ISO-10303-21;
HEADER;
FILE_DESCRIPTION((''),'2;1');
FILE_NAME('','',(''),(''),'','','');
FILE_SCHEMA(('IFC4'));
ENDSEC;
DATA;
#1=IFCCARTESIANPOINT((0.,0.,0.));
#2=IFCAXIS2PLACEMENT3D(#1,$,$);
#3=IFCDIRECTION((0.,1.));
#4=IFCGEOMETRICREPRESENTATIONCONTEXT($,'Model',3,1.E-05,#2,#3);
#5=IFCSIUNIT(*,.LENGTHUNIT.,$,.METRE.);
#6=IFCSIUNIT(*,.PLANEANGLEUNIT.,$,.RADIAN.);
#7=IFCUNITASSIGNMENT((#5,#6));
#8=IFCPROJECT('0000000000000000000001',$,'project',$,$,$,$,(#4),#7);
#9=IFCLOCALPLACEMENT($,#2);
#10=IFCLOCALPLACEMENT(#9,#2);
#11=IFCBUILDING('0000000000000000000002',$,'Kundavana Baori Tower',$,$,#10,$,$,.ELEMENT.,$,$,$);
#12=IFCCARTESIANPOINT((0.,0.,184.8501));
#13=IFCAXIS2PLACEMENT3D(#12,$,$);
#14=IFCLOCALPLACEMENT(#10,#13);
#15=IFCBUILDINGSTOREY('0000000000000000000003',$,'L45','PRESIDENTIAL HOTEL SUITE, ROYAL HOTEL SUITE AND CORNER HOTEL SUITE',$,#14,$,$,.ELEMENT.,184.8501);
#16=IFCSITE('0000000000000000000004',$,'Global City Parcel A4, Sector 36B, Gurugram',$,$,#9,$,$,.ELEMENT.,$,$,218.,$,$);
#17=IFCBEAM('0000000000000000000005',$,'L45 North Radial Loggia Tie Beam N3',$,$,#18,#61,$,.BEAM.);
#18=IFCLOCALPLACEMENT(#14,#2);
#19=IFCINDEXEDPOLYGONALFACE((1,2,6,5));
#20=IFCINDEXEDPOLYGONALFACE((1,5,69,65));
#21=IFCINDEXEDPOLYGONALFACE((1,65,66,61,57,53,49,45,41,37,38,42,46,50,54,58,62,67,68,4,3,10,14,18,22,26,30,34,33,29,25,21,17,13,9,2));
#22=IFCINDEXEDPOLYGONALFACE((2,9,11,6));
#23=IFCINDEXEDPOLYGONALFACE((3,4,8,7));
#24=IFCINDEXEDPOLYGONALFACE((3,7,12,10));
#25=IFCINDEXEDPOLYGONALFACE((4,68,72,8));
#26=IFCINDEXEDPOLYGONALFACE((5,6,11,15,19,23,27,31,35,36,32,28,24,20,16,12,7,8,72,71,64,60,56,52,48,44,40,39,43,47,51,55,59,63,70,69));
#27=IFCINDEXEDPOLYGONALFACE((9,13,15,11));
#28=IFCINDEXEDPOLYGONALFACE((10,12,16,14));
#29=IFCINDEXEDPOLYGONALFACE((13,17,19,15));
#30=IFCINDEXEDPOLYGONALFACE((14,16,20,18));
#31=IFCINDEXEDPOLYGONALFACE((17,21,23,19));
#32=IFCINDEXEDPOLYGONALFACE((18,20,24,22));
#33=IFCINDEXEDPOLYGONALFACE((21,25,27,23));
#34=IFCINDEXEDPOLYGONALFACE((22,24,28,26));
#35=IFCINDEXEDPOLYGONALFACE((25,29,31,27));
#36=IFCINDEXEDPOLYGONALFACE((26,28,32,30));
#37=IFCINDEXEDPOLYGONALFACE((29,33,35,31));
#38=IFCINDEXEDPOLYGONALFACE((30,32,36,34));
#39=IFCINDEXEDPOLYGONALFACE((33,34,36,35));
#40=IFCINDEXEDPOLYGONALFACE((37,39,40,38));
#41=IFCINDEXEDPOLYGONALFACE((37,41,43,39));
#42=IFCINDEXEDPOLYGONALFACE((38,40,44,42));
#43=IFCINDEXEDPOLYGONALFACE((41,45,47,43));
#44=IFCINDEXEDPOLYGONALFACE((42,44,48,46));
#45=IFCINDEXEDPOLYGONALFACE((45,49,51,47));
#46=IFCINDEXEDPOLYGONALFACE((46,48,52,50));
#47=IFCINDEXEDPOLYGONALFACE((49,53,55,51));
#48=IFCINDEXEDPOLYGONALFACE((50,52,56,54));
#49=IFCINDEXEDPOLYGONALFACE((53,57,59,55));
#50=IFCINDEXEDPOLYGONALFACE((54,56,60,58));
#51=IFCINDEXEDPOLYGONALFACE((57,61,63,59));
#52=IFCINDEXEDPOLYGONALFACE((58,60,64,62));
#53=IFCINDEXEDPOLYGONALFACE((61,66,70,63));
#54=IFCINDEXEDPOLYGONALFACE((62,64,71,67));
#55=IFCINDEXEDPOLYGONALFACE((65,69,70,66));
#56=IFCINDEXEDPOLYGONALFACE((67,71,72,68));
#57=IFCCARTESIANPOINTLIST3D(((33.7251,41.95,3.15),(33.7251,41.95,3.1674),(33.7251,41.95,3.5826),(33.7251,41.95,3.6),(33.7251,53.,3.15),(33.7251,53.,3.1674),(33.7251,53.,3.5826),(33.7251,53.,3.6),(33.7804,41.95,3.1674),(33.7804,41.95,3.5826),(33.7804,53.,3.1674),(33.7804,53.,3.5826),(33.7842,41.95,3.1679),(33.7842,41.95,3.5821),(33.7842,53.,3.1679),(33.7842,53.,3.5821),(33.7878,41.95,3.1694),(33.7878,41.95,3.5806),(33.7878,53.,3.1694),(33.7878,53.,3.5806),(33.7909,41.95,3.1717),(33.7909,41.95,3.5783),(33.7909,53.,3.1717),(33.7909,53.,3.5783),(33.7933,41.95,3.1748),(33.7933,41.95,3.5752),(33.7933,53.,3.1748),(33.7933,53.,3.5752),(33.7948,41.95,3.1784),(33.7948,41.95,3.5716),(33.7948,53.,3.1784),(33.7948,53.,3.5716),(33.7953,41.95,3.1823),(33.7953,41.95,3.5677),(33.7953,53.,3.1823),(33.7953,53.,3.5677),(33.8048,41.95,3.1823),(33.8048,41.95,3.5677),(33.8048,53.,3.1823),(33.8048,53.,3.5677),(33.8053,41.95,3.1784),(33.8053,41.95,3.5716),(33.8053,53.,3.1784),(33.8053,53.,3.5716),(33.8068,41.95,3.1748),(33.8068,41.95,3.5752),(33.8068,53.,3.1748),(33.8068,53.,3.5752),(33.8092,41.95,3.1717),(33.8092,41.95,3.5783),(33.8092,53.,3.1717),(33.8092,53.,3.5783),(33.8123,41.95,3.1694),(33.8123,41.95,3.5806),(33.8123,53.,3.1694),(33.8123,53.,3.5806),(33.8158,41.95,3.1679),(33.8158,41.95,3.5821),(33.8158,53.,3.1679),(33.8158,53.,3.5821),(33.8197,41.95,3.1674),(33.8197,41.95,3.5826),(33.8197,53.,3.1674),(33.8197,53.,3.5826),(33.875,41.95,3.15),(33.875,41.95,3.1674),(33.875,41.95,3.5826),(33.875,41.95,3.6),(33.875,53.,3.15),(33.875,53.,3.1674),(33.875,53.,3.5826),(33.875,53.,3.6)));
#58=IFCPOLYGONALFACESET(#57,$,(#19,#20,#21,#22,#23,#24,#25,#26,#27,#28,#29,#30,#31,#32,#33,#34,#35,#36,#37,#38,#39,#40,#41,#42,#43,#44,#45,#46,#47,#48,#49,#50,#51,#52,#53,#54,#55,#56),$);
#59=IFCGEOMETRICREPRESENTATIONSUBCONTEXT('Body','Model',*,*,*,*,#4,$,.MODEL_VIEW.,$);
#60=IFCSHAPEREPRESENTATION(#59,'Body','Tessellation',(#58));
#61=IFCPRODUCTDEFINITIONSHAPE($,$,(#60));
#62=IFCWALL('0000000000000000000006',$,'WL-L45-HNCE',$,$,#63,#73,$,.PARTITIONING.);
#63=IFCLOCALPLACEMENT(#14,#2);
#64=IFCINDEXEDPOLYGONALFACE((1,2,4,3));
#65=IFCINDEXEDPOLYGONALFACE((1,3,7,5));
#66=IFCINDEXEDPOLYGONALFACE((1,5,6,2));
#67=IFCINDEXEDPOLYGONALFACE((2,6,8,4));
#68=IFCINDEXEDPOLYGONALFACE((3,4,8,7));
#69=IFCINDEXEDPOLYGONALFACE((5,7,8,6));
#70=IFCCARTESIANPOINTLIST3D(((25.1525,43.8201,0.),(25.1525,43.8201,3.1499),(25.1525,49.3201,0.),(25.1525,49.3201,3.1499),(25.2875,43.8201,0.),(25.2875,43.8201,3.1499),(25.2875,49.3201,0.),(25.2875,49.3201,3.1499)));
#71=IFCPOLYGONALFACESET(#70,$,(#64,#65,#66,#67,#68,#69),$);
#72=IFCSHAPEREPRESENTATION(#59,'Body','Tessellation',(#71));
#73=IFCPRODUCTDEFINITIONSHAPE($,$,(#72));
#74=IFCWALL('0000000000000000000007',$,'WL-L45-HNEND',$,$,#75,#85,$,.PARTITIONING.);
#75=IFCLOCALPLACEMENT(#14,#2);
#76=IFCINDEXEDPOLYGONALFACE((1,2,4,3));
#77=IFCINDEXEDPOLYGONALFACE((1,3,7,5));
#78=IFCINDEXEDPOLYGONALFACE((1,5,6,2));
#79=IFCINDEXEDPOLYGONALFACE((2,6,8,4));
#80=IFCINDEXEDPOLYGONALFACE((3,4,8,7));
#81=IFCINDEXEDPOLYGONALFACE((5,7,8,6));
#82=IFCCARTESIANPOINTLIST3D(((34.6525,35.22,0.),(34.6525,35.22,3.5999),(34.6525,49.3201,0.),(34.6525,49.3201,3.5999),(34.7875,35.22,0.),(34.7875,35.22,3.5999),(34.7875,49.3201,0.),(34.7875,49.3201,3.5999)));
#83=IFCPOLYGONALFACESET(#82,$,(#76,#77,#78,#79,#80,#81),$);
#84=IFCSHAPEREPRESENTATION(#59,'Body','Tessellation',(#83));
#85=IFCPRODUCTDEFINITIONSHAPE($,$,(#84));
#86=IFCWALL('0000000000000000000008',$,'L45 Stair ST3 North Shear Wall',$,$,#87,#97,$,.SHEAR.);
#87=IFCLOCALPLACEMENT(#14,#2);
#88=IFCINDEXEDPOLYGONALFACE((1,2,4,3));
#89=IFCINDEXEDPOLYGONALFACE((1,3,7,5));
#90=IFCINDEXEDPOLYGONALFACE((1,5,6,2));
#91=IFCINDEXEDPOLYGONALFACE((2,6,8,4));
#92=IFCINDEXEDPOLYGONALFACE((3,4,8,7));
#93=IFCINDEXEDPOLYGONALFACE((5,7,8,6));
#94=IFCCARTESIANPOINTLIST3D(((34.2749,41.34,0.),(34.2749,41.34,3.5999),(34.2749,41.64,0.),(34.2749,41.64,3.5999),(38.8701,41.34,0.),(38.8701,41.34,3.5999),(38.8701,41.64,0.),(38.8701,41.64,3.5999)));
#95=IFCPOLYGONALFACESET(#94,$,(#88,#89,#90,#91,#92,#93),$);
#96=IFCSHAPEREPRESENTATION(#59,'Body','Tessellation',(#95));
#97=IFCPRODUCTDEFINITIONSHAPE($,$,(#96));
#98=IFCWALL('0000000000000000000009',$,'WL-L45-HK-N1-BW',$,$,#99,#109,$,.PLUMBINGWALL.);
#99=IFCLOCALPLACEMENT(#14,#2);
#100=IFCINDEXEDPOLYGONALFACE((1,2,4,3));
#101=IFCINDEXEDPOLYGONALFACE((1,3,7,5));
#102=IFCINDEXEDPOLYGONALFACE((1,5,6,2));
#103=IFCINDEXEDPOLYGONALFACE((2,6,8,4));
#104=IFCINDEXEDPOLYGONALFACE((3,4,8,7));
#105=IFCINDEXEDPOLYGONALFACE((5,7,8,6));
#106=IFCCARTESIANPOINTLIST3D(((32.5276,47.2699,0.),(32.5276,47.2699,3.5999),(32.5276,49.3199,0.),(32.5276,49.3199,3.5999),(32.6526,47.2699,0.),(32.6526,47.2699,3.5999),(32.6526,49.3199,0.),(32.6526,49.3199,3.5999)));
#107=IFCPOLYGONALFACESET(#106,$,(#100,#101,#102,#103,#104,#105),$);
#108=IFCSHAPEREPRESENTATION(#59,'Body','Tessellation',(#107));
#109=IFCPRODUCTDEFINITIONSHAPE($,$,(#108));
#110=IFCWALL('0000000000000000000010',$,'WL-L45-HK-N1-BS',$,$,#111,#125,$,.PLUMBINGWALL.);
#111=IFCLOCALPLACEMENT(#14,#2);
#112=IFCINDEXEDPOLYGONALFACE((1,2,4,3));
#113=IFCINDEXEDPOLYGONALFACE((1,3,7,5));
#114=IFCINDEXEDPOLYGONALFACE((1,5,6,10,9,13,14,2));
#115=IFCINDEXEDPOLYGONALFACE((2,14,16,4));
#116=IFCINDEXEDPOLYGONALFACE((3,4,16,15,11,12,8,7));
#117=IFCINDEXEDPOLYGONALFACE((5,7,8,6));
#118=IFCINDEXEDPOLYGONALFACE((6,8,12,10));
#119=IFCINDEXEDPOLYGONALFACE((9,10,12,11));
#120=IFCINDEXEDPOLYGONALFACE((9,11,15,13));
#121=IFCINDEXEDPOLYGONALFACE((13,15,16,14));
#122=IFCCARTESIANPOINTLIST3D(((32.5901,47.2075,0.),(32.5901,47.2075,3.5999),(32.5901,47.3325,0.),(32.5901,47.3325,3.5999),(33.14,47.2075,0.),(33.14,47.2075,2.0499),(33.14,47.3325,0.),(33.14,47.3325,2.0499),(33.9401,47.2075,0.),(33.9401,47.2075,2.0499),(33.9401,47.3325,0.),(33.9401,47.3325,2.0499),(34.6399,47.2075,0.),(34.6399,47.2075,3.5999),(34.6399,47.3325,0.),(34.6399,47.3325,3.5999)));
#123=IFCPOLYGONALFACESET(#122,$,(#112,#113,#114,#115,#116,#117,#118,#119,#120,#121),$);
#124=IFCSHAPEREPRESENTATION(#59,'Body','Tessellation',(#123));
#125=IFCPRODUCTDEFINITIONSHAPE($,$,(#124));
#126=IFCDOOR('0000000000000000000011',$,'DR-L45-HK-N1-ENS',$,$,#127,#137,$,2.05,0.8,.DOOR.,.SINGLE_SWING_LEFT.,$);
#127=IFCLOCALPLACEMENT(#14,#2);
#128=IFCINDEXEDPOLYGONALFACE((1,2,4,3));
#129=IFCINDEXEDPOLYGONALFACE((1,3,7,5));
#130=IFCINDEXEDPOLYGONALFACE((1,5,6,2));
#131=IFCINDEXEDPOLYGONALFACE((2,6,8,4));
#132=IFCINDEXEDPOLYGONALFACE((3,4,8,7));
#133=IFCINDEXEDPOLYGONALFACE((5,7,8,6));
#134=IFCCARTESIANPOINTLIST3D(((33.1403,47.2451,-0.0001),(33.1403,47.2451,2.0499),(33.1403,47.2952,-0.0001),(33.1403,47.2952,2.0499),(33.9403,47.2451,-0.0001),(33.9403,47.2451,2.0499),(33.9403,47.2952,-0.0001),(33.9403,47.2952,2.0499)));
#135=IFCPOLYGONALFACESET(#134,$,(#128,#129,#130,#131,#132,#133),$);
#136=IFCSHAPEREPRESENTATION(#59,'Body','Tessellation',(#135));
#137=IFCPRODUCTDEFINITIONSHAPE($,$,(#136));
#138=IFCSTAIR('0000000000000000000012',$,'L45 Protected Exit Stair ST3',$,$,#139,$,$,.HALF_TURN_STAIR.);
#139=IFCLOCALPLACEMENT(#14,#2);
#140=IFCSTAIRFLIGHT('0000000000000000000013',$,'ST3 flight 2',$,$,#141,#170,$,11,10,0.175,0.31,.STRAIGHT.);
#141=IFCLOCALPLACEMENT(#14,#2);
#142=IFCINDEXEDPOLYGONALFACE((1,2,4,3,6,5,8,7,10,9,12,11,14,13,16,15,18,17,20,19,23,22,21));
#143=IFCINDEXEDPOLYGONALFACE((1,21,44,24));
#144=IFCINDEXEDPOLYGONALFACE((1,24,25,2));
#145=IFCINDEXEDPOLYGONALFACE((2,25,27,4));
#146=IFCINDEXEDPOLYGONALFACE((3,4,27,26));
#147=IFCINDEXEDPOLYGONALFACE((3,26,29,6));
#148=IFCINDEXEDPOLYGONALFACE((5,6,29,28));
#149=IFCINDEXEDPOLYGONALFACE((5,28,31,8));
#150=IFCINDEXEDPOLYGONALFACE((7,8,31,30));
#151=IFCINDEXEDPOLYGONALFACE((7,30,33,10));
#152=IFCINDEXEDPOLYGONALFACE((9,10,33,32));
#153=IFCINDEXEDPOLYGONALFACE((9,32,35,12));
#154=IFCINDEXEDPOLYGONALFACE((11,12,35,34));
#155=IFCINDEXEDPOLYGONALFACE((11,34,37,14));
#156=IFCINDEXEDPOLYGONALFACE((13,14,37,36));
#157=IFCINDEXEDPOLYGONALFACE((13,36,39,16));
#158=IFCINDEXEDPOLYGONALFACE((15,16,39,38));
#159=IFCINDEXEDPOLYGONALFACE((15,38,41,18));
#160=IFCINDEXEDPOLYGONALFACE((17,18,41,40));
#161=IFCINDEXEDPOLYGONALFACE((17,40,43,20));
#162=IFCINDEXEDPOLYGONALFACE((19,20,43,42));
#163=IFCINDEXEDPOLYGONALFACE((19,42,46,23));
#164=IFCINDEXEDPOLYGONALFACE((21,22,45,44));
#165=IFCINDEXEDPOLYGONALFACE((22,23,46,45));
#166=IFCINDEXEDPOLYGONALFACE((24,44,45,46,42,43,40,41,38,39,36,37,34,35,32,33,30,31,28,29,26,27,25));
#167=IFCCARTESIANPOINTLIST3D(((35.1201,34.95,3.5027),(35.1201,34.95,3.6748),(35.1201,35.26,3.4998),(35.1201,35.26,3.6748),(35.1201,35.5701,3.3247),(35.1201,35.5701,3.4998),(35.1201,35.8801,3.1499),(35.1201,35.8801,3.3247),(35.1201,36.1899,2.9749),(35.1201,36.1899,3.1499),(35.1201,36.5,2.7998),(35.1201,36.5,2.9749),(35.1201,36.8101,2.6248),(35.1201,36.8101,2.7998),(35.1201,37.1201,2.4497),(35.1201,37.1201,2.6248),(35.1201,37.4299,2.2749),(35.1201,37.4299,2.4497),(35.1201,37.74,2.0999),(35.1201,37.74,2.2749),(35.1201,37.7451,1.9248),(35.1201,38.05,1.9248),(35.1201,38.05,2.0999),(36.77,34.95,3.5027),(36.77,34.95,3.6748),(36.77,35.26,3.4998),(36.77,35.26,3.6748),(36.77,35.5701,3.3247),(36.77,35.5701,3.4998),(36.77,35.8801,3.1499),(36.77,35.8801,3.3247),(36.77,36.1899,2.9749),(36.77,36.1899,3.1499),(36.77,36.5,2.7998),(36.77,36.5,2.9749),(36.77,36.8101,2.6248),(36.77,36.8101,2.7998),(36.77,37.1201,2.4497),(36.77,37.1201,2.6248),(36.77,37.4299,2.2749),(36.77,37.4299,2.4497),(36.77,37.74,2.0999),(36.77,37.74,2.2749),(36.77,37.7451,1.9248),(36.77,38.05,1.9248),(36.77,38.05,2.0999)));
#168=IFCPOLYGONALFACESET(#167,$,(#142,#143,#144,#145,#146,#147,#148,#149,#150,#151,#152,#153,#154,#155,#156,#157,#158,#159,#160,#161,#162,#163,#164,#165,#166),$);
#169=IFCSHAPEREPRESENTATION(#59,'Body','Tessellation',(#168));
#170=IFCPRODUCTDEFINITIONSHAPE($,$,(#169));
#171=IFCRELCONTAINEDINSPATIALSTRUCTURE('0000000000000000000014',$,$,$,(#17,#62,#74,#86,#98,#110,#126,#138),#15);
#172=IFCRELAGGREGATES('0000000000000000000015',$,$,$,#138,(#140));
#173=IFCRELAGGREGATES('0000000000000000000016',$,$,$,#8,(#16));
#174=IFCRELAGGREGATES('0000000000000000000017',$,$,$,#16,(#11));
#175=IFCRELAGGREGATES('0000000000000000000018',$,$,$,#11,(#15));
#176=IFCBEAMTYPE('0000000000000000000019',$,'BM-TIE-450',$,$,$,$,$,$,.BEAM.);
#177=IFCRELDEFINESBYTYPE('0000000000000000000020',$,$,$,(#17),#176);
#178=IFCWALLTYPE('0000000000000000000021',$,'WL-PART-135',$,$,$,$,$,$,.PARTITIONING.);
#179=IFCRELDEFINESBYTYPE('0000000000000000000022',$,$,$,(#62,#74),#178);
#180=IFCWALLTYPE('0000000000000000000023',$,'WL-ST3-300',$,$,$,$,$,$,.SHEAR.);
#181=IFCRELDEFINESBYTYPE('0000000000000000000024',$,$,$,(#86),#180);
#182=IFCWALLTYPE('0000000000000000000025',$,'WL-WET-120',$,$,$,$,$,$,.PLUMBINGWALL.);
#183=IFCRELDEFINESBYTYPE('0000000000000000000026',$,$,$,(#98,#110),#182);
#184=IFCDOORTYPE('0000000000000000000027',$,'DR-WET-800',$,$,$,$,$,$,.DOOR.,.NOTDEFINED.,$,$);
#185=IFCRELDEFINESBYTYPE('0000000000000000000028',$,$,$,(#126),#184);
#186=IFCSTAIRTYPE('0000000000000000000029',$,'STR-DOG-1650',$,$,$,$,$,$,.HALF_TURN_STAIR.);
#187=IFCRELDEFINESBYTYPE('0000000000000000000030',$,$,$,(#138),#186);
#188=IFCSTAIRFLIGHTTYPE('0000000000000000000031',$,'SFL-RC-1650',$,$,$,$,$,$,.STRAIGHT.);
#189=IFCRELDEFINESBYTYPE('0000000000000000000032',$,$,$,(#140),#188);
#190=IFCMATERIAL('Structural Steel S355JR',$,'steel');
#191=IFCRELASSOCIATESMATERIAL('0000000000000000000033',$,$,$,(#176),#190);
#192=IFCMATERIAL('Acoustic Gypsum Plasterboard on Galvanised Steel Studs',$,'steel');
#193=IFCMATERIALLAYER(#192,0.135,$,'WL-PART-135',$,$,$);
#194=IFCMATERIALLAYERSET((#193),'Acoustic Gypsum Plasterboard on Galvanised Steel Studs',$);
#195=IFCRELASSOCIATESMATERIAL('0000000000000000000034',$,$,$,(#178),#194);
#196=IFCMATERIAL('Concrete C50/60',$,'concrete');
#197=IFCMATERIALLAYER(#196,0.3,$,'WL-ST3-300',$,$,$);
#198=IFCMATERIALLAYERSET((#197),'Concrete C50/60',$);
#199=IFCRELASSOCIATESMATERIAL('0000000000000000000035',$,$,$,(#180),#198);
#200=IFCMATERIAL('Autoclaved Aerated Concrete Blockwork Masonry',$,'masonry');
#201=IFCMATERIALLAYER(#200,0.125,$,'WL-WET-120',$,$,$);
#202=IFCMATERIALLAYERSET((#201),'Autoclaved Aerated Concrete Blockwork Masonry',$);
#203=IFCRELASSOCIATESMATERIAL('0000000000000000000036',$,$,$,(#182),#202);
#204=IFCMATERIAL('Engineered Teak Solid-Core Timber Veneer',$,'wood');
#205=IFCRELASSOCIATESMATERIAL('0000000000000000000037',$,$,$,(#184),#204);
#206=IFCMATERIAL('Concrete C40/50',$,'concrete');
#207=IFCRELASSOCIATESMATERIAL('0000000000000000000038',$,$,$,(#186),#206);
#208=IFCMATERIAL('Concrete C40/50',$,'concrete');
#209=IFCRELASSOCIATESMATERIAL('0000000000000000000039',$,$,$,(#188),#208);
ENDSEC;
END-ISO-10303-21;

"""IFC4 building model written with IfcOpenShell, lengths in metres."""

from ifc_helpers import new_model, si_unit, direction, frame, frame_2d, origin, origin_2d, place, context, subcontext, project, spatial, polyline, rectangle, i_section, outline, extrude, material, layer, layer_set, material_profile, profile_set, type_object, element, fill, aggregate, save


model = new_model("IFC4")

# Units and contexts
model_context = context("Model", 3, precision=1e-05, world=origin(), true_north=direction((0.0, 1.0)))
body_context = subcontext(model_context, "Body", "Model", "MODEL_VIEW")
ifc_project = project(units=[si_unit("LENGTHUNIT", "METRE"), si_unit("PLANEANGLEUNIT", "RADIAN")], contexts=[model_context])

# Site, building, storey
site_placement = place(None, origin())
site = spatial("IfcSite", under=ifc_project, at=site_placement, Name="Global City Parcel A4, Sector 36B, Gurugram", CompositionType="ELEMENT", RefElevation=218.0)
building_placement = place(site_placement, origin())
building = spatial("IfcBuilding", under=site, at=building_placement, Name="Kundavana Baori Tower", CompositionType="ELEMENT")
storey_placement = place(building_placement, frame((0.0, 0.0, 184.8501)))
storey = spatial("IfcBuildingStorey", under=building, at=storey_placement, Name="L45", Description="PRESIDENTIAL HOTEL SUITE, ROYAL HOTEL SUITE AND CORNER HOTEL SUITE", CompositionType="ELEMENT", Elevation=184.8501)

# Beam
ifc_material_1 = material(Name="Structural Steel S355JR", Category="steel")
ifc_material_profile_1 = material_profile(ifc_material_1, i_section(OverallWidth=0.1499, OverallDepth=0.45, WebThickness=0.0095, FlangeThickness=0.0173, FilletRadius=0.0149, at=origin_2d()), Name="ISMB 450")
ifc_profile_set_1 = profile_set([ifc_material_profile_1], Name="Structural Steel S355JR")
beam_type_1 = type_object("IfcBeamType", Name="BM-TIE-450", PredefinedType="BEAM", material=ifc_profile_set_1)
beam_1_placement = place(storey_placement, frame((33.8, 41.95, 3.375), z_axis=(0.0, 1.0, 0.0), x_axis=(-1.0, 0.0, 0.0)))
element("IfcBeam", 1, at=beam_1_placement, inside=storey, type_object=beam_type_1, Name="L45 North Radial Loggia Tie Beam N3", PredefinedType="BEAM", context=body_context, shape_type="SweptSolid", body=[
    extrude(i_section(OverallWidth=0.1499, OverallDepth=0.45, WebThickness=0.0095, FlangeThickness=0.0173, FilletRadius=0.0149, at=origin_2d()), origin(), (0.0, 0.0, 1.0), 11.05),
])

# Walls
ifc_material_2 = material(Name="Acoustic Gypsum Plasterboard on Galvanised Steel Studs", Category="steel")
ifc_layer_1 = layer(ifc_material_2, 0.135, Name="WL-PART-135")
ifc_layer_set_1 = layer_set([ifc_layer_1], Name="Acoustic Gypsum Plasterboard on Galvanised Steel Studs")
wall_type_1 = type_object("IfcWallType", Name="WL-PART-135", PredefinedType="PARTITIONING", material=ifc_layer_set_1)
wall_1_placement = place(storey_placement, frame((25.22, 43.8201, 0.0), z_axis=(0.0, 0.0, 1.0), x_axis=(0.0, 1.0, 0.0)))
element("IfcWall", 2, at=wall_1_placement, inside=storey, type_object=wall_type_1, Name="WL-L45-HNCE", PredefinedType="PARTITIONING", context=body_context, shape_type="SweptSolid", body=[
    extrude(rectangle(XDim=5.5, YDim=0.135, at=frame_2d((2.75, 0.0))), origin(), (0.0, 0.0, 1.0), 3.1499),
])
wall_2_placement = place(storey_placement, frame((34.72, 35.22, 0.0), z_axis=(0.0, 0.0, 1.0), x_axis=(0.0, 1.0, 0.0)))
element("IfcWall", 3, at=wall_2_placement, inside=storey, type_object=wall_type_1, Name="WL-L45-HNEND", PredefinedType="PARTITIONING", context=body_context, shape_type="SweptSolid", body=[
    extrude(rectangle(XDim=14.1001, YDim=0.135, at=frame_2d((7.05, 0.0))), origin(), (0.0, 0.0, 1.0), 3.5999),
])
ifc_material_3 = material(Name="Concrete C50/60", Category="concrete")
ifc_layer_2 = layer(ifc_material_3, 0.3, Name="WL-ST3-300")
ifc_layer_set_2 = layer_set([ifc_layer_2], Name="Concrete C50/60")
wall_type_2 = type_object("IfcWallType", Name="WL-ST3-300", PredefinedType="SHEAR", material=ifc_layer_set_2)
wall_3_placement = place(storey_placement, frame((34.2749, 41.49, 0.0), z_axis=(0.0, 0.0, 1.0), x_axis=(1.0, 0.0, 0.0)))
element("IfcWall", 4, at=wall_3_placement, inside=storey, type_object=wall_type_2, Name="L45 Stair ST3 North Shear Wall", PredefinedType="SHEAR", context=body_context, shape_type="SweptSolid", body=[
    extrude(rectangle(XDim=4.5952, YDim=0.3, at=frame_2d((2.2976, 0.0))), origin(), (0.0, 0.0, 1.0), 3.5999),
])
ifc_material_4 = material(Name="Autoclaved Aerated Concrete Blockwork Masonry", Category="masonry")
ifc_layer_3 = layer(ifc_material_4, 0.125, Name="WL-WET-120")
ifc_layer_set_3 = layer_set([ifc_layer_3], Name="Autoclaved Aerated Concrete Blockwork Masonry")
wall_type_3 = type_object("IfcWallType", Name="WL-WET-120", PredefinedType="PLUMBINGWALL", material=ifc_layer_set_3)
wall_4_placement = place(storey_placement, frame((32.5901, 47.27, 0.0), z_axis=(0.0, 0.0, 1.0), x_axis=(0.0, 1.0, 0.0)))
element("IfcWall", 5, at=wall_4_placement, inside=storey, type_object=wall_type_3, Name="WL-L45-HK-N1-BW", PredefinedType="PLUMBINGWALL", context=body_context, shape_type="SweptSolid", body=[
    extrude(rectangle(XDim=2.05, YDim=0.125, at=frame_2d((1.0249, 0.0))), origin(), (0.0, 0.0, 1.0), 3.5999),
])

# Wall, opening, door
wall_5_placement = place(storey_placement, frame((32.5901, 47.27, 0.0), z_axis=(0.0, 0.0, 1.0), x_axis=(1.0, 0.0, 0.0)))
wall_5 = element("IfcWall", 6, at=wall_5_placement, inside=storey, type_object=wall_type_3, Name="WL-L45-HK-N1-BS", PredefinedType="PLUMBINGWALL", context=body_context, shape_type="SweptSolid", body=[
    extrude(rectangle(XDim=2.0498, YDim=0.125, at=frame_2d((1.0249, 0.0))), origin(), (0.0, 0.0, 1.0), 3.5999),
])
opening_placement = place(wall_5_placement, frame((0.55, 0.0, 0.0)))
opening = element("IfcOpeningElement", 7, at=opening_placement, cuts=wall_5, PredefinedType="OPENING", context=body_context, shape_type="SweptSolid", body=[
    extrude(rectangle(XDim=0.8, YDim=2.05, at=frame_2d((0.3999, 1.0249))), frame((0.0, 0.0725, 0.0), z_axis=(0.0, -1.0, 0.0), x_axis=(1.0, 0.0, 0.0)), (0.0, 0.0, 1.0), 0.145),
])
ifc_material_5 = material(Name="Engineered Teak Solid-Core Timber Veneer", Category="wood")
door_type = type_object("IfcDoorType", Name="DR-WET-800", OperationType="NOTDEFINED", PredefinedType="DOOR", material=ifc_material_5)
door_placement = place(opening_placement, frame((0.8, 0.0, 0.0), z_axis=(0.0, 0.0, 1.0), x_axis=(-1.0, 0.0, 0.0)))
door = element("IfcDoor", 8, at=door_placement, inside=storey, type_object=door_type, Name="DR-L45-HK-N1-ENS", OperationType="SINGLE_SWING_LEFT", OverallHeight=2.05, OverallWidth=0.8, PredefinedType="DOOR", context=body_context, shape_type="SweptSolid", body=[
    extrude(rectangle(XDim=0.8, YDim=2.05, at=frame_2d((0.3999, 1.0249))), frame((0.0, 0.0249, 0.0), z_axis=(0.0, -1.0, 0.0), x_axis=(1.0, 0.0, 0.0)), (0.0, 0.0, 1.0), 0.05),
])
fill(opening, door)

# Stair, stair flight
ifc_material_6 = material(Name="Concrete C40/50", Category="concrete")
stair_type = type_object("IfcStairType", Name="STR-DOG-1650", PredefinedType="HALF_TURN_STAIR", material=ifc_material_6)
stair_placement = place(storey_placement, origin())
stair = element("IfcStair", 9, at=stair_placement, inside=storey, type_object=stair_type, Name="L45 Protected Exit Stair ST3", PredefinedType="HALF_TURN_STAIR")
ifc_material_7 = material(Name="Concrete C40/50", Category="concrete")
stair_flight_type = type_object("IfcStairFlightType", Name="SFL-RC-1650", PredefinedType="STRAIGHT", material=ifc_material_7)
stair_flight_placement = place(storey_placement, frame((35.9451, 38.05, 1.9248), z_axis=(0.0, 0.0, 1.0), x_axis=(0.0, -1.0, 0.0)))
stair_flight = element("IfcStairFlight", 10, at=stair_flight_placement, type_object=stair_flight_type, Name="ST3 flight 2", NumberOfRisers=11, NumberOfTreads=10, PredefinedType="STRAIGHT", RiserHeight=0.175, TreadLength=0.31, context=body_context, shape_type="SweptSolid", body=[
    extrude(outline(polyline([(0.0, 0.0), (0.0, 0.175), (0.3101, 0.175), (0.3101, 0.3501), (0.6201, 0.3501), (0.6201, 0.5249), (0.9299, 0.5249), (0.9299, 0.7), (1.24, 0.7), (1.24, 0.875), (1.55, 0.875), (1.55, 1.05), (1.8601, 1.05), (1.8601, 1.2251), (2.1699, 1.2251), (2.1699, 1.3999), (2.48, 1.3999), (2.48, 1.575), (2.79, 1.575), (2.79, 1.75), (3.1001, 1.75), (3.1001, 1.925), (3.1001, 1.5779), (0.3049, 0.0), (0.0, 0.0)])), frame((0.0, 0.825, 0.0), z_axis=(0.0, -1.0, 0.0), x_axis=(1.0, 0.0, 0.0)), (0.0, 0.0, 1.0), 1.6499),
])
aggregate(stair, [stair_flight])

save(model, "model.ifc")
